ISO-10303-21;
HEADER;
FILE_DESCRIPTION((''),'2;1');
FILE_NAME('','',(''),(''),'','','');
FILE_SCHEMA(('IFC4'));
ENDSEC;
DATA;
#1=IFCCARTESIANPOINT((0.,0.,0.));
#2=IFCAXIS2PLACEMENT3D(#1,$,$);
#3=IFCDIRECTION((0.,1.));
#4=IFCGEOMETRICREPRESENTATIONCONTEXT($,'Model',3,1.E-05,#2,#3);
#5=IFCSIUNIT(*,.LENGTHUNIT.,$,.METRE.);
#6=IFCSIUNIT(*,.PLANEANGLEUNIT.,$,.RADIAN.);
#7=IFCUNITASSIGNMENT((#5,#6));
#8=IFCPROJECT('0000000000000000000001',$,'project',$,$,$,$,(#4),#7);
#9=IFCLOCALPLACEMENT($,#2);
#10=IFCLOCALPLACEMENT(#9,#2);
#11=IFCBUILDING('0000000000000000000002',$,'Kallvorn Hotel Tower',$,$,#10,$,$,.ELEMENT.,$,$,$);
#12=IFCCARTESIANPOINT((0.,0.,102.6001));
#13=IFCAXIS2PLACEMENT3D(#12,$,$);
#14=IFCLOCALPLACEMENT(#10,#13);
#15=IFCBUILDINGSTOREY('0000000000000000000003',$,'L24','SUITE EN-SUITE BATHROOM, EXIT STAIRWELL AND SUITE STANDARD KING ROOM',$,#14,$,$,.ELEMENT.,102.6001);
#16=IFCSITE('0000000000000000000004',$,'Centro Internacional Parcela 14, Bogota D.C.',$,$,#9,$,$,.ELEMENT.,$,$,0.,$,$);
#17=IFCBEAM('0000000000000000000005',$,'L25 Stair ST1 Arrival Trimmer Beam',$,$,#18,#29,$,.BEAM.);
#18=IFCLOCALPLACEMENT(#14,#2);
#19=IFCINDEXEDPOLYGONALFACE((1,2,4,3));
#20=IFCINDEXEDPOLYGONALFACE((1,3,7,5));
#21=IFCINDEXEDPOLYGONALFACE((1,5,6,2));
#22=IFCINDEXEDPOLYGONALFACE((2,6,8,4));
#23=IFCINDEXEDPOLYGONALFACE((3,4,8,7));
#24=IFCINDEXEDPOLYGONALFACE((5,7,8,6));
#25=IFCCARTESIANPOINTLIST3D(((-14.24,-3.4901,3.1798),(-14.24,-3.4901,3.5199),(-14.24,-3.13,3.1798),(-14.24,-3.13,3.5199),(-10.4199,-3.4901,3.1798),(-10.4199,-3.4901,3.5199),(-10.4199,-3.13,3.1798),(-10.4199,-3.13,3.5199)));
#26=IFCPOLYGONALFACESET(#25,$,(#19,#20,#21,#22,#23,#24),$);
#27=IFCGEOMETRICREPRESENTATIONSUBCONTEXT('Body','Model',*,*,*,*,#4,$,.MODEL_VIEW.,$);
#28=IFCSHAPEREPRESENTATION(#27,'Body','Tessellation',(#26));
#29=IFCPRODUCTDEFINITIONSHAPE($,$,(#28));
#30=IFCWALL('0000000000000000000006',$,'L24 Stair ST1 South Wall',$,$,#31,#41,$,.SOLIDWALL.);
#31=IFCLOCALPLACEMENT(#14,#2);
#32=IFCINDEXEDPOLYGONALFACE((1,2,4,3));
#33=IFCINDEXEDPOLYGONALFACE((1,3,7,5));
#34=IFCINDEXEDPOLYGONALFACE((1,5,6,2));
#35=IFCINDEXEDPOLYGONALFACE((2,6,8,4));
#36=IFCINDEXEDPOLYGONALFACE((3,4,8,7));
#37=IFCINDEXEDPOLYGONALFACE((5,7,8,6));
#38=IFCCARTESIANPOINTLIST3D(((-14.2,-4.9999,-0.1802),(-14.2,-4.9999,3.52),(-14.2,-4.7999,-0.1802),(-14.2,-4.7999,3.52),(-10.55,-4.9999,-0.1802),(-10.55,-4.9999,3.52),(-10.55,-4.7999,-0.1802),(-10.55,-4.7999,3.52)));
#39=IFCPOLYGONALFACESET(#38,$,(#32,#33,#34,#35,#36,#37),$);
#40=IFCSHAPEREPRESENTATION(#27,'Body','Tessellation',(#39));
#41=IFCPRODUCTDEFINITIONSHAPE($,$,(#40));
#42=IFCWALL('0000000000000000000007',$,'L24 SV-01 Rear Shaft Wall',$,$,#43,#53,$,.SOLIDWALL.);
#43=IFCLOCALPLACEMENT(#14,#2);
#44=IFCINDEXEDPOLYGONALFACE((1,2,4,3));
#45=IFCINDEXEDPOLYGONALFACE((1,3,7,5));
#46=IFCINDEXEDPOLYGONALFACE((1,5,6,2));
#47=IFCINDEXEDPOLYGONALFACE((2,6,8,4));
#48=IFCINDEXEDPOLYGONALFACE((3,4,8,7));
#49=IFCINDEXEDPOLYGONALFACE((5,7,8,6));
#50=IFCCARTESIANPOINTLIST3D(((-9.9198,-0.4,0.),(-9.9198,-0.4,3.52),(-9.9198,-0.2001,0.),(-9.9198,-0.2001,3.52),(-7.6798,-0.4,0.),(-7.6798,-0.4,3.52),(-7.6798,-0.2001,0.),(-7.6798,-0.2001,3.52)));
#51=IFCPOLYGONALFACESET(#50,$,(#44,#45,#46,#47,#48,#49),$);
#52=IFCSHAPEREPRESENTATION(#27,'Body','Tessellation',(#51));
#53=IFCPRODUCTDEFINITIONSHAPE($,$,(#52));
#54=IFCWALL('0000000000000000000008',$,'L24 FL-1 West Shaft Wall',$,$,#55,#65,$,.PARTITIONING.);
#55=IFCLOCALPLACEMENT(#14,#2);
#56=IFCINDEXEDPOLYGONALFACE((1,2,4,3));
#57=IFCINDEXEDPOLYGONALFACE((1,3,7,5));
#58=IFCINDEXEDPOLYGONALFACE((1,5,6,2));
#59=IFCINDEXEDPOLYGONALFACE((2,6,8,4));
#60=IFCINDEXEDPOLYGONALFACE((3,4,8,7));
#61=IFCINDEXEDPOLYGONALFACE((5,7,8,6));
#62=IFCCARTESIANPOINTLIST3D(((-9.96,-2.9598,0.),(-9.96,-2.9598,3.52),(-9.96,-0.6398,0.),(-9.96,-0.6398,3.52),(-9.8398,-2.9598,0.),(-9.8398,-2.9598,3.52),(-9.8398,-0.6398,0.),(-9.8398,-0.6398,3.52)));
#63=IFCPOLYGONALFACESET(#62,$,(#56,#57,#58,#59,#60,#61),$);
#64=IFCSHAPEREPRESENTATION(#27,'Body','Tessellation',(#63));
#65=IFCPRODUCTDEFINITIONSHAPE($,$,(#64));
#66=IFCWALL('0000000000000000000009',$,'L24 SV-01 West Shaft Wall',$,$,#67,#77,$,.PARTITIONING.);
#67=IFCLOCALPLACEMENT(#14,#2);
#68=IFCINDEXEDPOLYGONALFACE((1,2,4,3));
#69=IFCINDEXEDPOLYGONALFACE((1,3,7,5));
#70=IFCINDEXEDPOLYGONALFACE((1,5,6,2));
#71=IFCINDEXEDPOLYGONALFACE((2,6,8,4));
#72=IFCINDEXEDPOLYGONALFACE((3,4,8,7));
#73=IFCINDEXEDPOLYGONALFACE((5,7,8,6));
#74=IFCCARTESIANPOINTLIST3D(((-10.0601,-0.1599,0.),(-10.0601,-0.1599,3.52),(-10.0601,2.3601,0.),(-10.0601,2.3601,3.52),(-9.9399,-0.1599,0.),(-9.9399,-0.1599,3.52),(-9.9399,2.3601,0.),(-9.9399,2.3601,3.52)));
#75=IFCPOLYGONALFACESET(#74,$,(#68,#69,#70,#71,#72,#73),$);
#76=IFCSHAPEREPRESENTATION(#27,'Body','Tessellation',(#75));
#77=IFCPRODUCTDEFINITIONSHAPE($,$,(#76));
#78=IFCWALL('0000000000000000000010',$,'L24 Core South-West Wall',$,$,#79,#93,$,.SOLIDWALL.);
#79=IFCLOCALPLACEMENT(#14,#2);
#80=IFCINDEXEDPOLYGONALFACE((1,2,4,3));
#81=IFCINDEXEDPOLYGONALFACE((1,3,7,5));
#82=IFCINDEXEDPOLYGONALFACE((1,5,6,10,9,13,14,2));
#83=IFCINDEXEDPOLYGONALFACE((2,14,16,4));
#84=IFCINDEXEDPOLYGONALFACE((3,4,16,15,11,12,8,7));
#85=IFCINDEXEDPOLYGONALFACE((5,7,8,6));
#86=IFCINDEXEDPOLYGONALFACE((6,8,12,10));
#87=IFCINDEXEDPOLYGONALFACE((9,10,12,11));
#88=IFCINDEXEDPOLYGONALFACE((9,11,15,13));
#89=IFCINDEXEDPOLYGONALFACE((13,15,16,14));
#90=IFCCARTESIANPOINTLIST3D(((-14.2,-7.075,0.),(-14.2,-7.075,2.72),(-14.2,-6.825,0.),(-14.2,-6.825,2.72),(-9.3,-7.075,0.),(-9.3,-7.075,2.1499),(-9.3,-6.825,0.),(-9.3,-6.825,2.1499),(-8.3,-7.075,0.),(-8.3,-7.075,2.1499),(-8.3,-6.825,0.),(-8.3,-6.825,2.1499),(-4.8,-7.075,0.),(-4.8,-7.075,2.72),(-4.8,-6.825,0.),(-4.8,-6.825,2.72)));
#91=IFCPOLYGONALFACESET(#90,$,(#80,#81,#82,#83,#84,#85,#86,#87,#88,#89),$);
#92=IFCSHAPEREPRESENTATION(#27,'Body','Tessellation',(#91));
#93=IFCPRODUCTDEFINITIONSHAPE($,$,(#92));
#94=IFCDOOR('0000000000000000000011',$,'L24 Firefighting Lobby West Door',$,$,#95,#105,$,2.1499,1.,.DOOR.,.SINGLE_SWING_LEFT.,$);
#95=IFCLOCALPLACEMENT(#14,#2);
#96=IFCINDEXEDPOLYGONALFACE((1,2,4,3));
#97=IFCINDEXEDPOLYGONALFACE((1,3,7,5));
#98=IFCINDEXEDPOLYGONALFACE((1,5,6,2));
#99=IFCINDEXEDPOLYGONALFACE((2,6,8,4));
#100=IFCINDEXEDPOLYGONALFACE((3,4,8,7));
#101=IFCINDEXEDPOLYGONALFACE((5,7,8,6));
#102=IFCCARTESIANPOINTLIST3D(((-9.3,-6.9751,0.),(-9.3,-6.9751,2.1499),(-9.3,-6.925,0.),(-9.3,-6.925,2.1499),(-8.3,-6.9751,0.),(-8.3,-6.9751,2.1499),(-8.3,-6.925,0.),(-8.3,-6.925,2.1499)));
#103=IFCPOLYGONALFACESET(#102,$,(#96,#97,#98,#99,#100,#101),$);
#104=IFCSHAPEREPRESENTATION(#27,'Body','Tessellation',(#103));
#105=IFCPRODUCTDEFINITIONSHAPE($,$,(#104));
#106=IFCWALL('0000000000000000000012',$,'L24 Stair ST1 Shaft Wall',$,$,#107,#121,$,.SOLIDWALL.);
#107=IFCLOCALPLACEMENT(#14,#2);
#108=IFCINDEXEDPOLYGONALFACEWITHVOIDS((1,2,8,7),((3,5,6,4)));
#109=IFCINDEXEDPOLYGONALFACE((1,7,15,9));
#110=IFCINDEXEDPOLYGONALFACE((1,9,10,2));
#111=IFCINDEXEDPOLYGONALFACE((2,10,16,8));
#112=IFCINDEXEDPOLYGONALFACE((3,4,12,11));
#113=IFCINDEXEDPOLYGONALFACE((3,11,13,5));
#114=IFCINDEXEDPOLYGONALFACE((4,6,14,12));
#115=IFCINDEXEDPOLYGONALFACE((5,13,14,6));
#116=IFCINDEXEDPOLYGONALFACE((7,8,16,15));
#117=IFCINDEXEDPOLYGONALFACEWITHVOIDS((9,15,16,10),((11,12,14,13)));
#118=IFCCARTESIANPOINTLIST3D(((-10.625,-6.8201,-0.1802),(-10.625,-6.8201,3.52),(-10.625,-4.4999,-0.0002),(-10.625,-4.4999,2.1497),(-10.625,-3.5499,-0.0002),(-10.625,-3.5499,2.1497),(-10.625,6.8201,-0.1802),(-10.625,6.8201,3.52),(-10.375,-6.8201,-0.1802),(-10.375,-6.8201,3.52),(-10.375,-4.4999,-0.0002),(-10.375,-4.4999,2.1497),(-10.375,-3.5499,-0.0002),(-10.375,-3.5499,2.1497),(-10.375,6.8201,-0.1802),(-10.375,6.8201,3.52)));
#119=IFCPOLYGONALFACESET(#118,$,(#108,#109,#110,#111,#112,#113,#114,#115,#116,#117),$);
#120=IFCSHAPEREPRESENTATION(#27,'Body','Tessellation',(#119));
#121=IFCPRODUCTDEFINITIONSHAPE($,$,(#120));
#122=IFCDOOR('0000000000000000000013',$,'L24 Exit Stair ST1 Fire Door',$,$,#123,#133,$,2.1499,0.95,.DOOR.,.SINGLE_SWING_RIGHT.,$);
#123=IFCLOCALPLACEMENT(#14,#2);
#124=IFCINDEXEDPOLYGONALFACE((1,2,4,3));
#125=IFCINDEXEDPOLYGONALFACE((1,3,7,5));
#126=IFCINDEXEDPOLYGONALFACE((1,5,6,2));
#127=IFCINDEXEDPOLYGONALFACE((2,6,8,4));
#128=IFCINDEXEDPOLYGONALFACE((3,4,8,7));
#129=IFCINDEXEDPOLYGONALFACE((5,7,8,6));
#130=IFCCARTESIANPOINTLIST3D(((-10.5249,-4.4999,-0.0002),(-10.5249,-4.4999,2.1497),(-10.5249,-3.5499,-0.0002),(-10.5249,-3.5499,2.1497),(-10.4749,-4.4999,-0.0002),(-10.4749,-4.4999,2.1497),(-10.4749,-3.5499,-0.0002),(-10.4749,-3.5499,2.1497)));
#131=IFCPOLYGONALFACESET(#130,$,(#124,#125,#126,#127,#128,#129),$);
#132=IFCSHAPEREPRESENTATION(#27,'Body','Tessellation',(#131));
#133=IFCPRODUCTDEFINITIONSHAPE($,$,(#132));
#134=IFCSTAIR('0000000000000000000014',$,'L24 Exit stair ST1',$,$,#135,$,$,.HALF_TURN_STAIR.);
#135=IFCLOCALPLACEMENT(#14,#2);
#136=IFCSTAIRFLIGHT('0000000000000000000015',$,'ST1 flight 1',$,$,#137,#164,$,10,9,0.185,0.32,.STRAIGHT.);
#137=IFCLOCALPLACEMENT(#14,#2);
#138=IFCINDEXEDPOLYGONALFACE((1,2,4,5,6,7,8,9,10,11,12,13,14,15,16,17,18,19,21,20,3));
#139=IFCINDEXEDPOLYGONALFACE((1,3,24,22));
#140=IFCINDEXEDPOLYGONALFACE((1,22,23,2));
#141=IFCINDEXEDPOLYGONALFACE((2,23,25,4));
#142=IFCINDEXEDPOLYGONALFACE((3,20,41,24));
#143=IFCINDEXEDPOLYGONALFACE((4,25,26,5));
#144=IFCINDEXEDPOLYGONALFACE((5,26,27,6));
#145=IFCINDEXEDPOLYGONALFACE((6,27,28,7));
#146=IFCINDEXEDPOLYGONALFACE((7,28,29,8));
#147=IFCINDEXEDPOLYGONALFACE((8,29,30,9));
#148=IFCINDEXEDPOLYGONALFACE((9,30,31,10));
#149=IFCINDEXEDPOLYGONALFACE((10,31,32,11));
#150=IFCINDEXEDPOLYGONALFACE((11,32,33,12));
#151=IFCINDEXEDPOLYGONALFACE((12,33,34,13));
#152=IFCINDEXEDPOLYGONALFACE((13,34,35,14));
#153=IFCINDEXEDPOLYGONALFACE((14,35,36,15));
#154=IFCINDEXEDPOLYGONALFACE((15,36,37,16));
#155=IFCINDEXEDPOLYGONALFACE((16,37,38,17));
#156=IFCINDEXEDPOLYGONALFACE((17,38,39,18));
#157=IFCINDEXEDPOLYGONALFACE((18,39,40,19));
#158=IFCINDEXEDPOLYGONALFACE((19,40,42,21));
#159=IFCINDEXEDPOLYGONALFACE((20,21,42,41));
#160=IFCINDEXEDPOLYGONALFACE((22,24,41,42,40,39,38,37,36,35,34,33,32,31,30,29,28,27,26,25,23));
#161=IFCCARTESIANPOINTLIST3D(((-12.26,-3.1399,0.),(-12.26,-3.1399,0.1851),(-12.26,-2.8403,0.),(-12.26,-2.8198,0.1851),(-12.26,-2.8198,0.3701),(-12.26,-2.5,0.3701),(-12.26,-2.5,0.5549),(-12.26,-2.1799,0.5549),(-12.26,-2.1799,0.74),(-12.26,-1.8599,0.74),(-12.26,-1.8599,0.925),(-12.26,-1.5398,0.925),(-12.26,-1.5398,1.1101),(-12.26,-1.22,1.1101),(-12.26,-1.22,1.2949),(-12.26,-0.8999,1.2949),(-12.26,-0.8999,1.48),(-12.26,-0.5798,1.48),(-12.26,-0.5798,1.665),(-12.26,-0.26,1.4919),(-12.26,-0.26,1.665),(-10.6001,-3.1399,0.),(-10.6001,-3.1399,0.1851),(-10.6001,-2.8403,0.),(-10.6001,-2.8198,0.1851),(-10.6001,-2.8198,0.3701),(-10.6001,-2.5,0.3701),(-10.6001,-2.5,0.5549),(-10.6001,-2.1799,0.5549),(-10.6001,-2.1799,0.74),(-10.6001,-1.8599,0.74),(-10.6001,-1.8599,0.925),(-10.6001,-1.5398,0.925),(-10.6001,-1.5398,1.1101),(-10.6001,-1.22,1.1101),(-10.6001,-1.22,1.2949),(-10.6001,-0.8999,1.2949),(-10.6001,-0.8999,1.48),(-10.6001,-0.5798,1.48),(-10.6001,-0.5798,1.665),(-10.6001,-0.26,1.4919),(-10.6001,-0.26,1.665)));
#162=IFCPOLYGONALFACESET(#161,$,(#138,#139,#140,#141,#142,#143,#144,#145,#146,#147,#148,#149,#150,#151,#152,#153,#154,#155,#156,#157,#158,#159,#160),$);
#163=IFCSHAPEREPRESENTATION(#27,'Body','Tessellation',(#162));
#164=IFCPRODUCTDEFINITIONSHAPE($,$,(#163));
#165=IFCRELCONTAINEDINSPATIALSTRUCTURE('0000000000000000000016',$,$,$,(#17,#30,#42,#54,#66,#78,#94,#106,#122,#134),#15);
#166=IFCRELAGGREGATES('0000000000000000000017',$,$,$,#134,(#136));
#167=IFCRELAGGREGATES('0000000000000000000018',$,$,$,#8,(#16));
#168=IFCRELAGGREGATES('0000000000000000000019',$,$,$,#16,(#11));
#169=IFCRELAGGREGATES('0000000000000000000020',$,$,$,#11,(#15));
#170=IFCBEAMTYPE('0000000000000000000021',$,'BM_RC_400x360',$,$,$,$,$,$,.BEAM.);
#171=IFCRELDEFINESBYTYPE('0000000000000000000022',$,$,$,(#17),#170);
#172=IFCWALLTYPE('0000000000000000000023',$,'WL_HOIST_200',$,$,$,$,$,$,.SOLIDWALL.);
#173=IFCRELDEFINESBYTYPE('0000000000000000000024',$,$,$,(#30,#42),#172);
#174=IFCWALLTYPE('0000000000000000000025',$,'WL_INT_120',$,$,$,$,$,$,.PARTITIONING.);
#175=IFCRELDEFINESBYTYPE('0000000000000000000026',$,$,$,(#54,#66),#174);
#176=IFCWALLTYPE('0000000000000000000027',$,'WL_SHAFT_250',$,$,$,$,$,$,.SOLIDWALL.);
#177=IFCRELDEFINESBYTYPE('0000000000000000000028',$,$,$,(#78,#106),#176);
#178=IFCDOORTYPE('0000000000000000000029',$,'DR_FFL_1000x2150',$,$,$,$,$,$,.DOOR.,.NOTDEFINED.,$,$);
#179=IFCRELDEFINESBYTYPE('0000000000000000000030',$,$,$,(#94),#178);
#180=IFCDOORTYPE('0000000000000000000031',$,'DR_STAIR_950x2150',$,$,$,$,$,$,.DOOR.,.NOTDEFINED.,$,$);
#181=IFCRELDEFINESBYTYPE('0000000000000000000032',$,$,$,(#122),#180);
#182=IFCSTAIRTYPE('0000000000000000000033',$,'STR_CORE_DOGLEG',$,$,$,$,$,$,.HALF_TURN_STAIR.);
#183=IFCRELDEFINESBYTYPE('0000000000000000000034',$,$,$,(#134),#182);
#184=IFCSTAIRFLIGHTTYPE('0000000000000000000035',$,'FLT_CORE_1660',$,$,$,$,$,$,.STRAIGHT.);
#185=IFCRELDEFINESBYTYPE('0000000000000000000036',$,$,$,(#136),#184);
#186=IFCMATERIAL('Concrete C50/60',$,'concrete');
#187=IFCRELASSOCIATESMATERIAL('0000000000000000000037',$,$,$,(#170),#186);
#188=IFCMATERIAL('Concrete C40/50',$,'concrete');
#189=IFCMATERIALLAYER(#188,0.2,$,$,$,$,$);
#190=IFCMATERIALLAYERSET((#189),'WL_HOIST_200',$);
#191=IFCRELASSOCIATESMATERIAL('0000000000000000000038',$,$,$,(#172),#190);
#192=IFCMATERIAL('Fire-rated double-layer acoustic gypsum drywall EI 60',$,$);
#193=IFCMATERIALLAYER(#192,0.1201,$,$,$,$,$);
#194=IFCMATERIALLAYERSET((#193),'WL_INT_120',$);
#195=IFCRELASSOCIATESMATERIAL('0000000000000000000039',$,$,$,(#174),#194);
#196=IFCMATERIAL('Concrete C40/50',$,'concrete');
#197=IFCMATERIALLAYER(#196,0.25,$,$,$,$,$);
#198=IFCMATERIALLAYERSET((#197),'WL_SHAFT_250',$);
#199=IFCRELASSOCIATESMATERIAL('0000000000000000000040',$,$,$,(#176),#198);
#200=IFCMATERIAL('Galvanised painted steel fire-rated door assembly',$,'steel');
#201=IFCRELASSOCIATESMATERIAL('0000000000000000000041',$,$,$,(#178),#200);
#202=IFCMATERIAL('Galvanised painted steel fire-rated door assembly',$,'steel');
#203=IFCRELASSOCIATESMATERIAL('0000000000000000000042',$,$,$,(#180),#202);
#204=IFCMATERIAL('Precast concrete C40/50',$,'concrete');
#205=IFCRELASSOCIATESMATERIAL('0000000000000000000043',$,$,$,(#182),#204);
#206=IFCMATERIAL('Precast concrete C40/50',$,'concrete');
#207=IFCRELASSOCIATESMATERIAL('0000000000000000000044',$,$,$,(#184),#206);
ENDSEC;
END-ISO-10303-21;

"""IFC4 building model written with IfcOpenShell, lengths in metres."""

from ifc_helpers import new_model, si_unit, direction, frame, frame_2d, origin, origin_2d, place, context, subcontext, project, spatial, polyline, rectangle, outline, extrude, material, layer, layer_set, material_profile, profile_set, type_object, element, fill, aggregate, save


model = new_model("IFC4")

# Units and contexts
model_context = context("Model", 3, precision=1e-05, world=origin(), true_north=direction((0.0, 1.0)))
body_context = subcontext(model_context, "Body", "Model", "MODEL_VIEW")
ifc_project = project(units=[si_unit("LENGTHUNIT", "METRE"), si_unit("PLANEANGLEUNIT", "RADIAN")], contexts=[model_context])

# Site, building, storey
site_placement = place(None, origin())
site = spatial("IfcSite", under=ifc_project, at=site_placement, Name="Centro Internacional Parcela 14, Bogota D.C.", CompositionType="ELEMENT", RefElevation=0.0)
building_placement = place(site_placement, origin())
building = spatial("IfcBuilding", under=site, at=building_placement, Name="Kallvorn Hotel Tower", CompositionType="ELEMENT")
storey_placement = place(building_placement, frame((0.0, 0.0, 102.6001)))
storey = spatial("IfcBuildingStorey", under=building, at=storey_placement, Name="L24", Description="SUITE EN-SUITE BATHROOM, EXIT STAIRWELL AND SUITE STANDARD KING ROOM", CompositionType="ELEMENT", Elevation=102.6001)

# Beam
ifc_material_1 = material(Name="Concrete C50/60", Category="concrete")
ifc_material_profile = material_profile(ifc_material_1, rectangle(XDim=0.3601, YDim=0.3401, at=origin_2d()), Name="RC 360x340")
ifc_profile_set = profile_set([ifc_material_profile], Name="Concrete C50/60")
beam_type = type_object("IfcBeamType", Name="BM_RC_400x360", PredefinedType="BEAM", material=ifc_profile_set)
beam_placement = place(storey_placement, frame((-10.4199, -3.3101, 3.3499), z_axis=(-1.0, 0.0, 0.0), x_axis=(0.0, -1.0, 0.0)))
element("IfcBeam", 1, at=beam_placement, inside=storey, type_object=beam_type, Name="L25 Stair ST1 Arrival Trimmer Beam", PredefinedType="BEAM", context=body_context, shape_type="SweptSolid", body=[
    extrude(rectangle(XDim=0.3601, YDim=0.3401, at=origin_2d()), origin(), (0.0, 0.0, 1.0), 3.8201),
])

# Walls
ifc_material_2 = material(Name="Concrete C40/50", Category="concrete")
ifc_layer_1 = layer(ifc_material_2, 0.2)
ifc_layer_set_1 = layer_set([ifc_layer_1], Name="WL_HOIST_200")
wall_type_1 = type_object("IfcWallType", Name="WL_HOIST_200", PredefinedType="SOLIDWALL", material=ifc_layer_set_1)
wall_1_placement = place(storey_placement, frame((-14.2, -4.8999, -0.1802), z_axis=(0.0, 0.0, 1.0), x_axis=(1.0, 0.0, 0.0)))
element("IfcWall", 2, at=wall_1_placement, inside=storey, type_object=wall_type_1, Name="L24 Stair ST1 South Wall", PredefinedType="SOLIDWALL", context=body_context, shape_type="SweptSolid", body=[
    extrude(rectangle(XDim=3.6499, YDim=0.2, at=frame_2d((1.825, 0.0))), origin(), (0.0, 0.0, 1.0), 3.7002),
])
wall_2_placement = place(storey_placement, frame((-9.9199, -0.3, 0.0), z_axis=(0.0, 0.0, 1.0), x_axis=(1.0, 0.0, 0.0)))
element("IfcWall", 3, at=wall_2_placement, inside=storey, type_object=wall_type_1, Name="L24 SV-01 Rear Shaft Wall", PredefinedType="SOLIDWALL", context=body_context, shape_type="SweptSolid", body=[
    extrude(rectangle(XDim=2.24, YDim=0.2, at=frame_2d((1.1201, 0.0))), origin(), (0.0, 0.0, 1.0), 3.52),
])
ifc_material_3 = material(Name="Fire-rated double-layer acoustic gypsum drywall EI 60")
ifc_layer_2 = layer(ifc_material_3, 0.1201)
ifc_layer_set_2 = layer_set([ifc_layer_2], Name="WL_INT_120")
wall_type_2 = type_object("IfcWallType", Name="WL_INT_120", PredefinedType="PARTITIONING", material=ifc_layer_set_2)
wall_3_placement = place(storey_placement, frame((-9.8999, -2.96, 0.0), z_axis=(0.0, 0.0, 1.0), x_axis=(0.0, 1.0, 0.0)))
element("IfcWall", 4, at=wall_3_placement, inside=storey, type_object=wall_type_2, Name="L24 FL-1 West Shaft Wall", PredefinedType="PARTITIONING", context=body_context, shape_type="SweptSolid", body=[
    extrude(rectangle(XDim=2.3201, YDim=0.1201, at=frame_2d((1.1602, 0.0))), origin(), (0.0, 0.0, 1.0), 3.52),
])
wall_4_placement = place(storey_placement, frame((-10.0, -0.1599, 0.0), z_axis=(0.0, 0.0, 1.0), x_axis=(0.0, 1.0, 0.0)))
element("IfcWall", 5, at=wall_4_placement, inside=storey, type_object=wall_type_2, Name="L24 SV-01 West Shaft Wall", PredefinedType="PARTITIONING", context=body_context, shape_type="SweptSolid", body=[
    extrude(rectangle(XDim=2.52, YDim=0.1201, at=frame_2d((1.26, 0.0))), origin(), (0.0, 0.0, 1.0), 3.52),
])

# Walls, openings, doors
ifc_material_4 = material(Name="Concrete C40/50", Category="concrete")
ifc_layer_3 = layer(ifc_material_4, 0.25)
ifc_layer_set_3 = layer_set([ifc_layer_3], Name="WL_SHAFT_250")
wall_type_3 = type_object("IfcWallType", Name="WL_SHAFT_250", PredefinedType="SOLIDWALL", material=ifc_layer_set_3)
wall_5_placement = place(storey_placement, frame((-14.2, -6.95, 0.0), z_axis=(0.0, 0.0, 1.0), x_axis=(1.0, 0.0, 0.0)))
wall_5 = element("IfcWall", 6, at=wall_5_placement, inside=storey, type_object=wall_type_3, Name="L24 Core South-West Wall", PredefinedType="SOLIDWALL", context=body_context, shape_type="SweptSolid", body=[
    extrude(rectangle(XDim=9.3999, YDim=0.25, at=frame_2d((4.7, 0.0))), origin(), (0.0, 0.0, 1.0), 2.72),
])
opening_1_placement = place(wall_5_placement, frame((4.8999, 0.0, 0.0)))
opening_1 = element("IfcOpeningElement", 7, at=opening_1_placement, cuts=wall_5, PredefinedType="OPENING", context=body_context, shape_type="SweptSolid", body=[
    extrude(rectangle(XDim=1.0, YDim=2.1499, at=frame_2d((0.5, 1.075))), frame((0.0, 0.1399, 0.0), z_axis=(0.0, -1.0, 0.0), x_axis=(1.0, 0.0, 0.0)), (0.0, 0.0, 1.0), 0.28),
])
ifc_material_5 = material(Name="Galvanised painted steel fire-rated door assembly", Category="steel")
door_type_1 = type_object("IfcDoorType", Name="DR_FFL_1000x2150", OperationType="NOTDEFINED", PredefinedType="DOOR", material=ifc_material_5)
door_1_placement = place(opening_1_placement, origin())
door_1 = element("IfcDoor", 8, at=door_1_placement, inside=storey, type_object=door_type_1, Name="L24 Firefighting Lobby West Door", OperationType="SINGLE_SWING_LEFT", OverallHeight=2.1499, OverallWidth=1.0, PredefinedType="DOOR", context=body_context, shape_type="SweptSolid", body=[
    extrude(rectangle(XDim=1.0, YDim=2.1499, at=frame_2d((0.5, 1.075))), frame((0.0, 0.0249, 0.0), z_axis=(0.0, -1.0, 0.0), x_axis=(1.0, 0.0, 0.0)), (0.0, 0.0, 1.0), 0.05),
])
fill(opening_1, door_1)
wall_6_placement = place(storey_placement, frame((-10.5, -6.8201, -0.1802), z_axis=(0.0, 0.0, 1.0), x_axis=(0.0, 1.0, 0.0)))
wall_6 = element("IfcWall", 9, at=wall_6_placement, inside=storey, type_object=wall_type_3, Name="L24 Stair ST1 Shaft Wall", PredefinedType="SOLIDWALL", context=body_context, shape_type="SweptSolid", body=[
    extrude(rectangle(XDim=13.6401, YDim=0.25, at=frame_2d((6.8201, 0.0))), origin(), (0.0, 0.0, 1.0), 3.7002),
])
opening_2_placement = place(wall_6_placement, frame((2.3201, 0.0, 0.1799)))
opening_2 = element("IfcOpeningElement", 10, at=opening_2_placement, cuts=wall_6, PredefinedType="OPENING", context=body_context, shape_type="SweptSolid", body=[
    extrude(rectangle(XDim=0.95, YDim=2.1499, at=frame_2d((0.4751, 1.075))), frame((0.0, 0.1399, 0.0), z_axis=(0.0, -1.0, 0.0), x_axis=(1.0, 0.0, 0.0)), (0.0, 0.0, 1.0), 0.28),
])
ifc_material_6 = material(Name="Galvanised painted steel fire-rated door assembly", Category="steel")
door_type_2 = type_object("IfcDoorType", Name="DR_STAIR_950x2150", OperationType="NOTDEFINED", PredefinedType="DOOR", material=ifc_material_6)
door_2_placement = place(opening_2_placement, origin())
door_2 = element("IfcDoor", 11, at=door_2_placement, inside=storey, type_object=door_type_2, Name="L24 Exit Stair ST1 Fire Door", OperationType="SINGLE_SWING_RIGHT", OverallHeight=2.1499, OverallWidth=0.95, PredefinedType="DOOR", context=body_context, shape_type="SweptSolid", body=[
    extrude(rectangle(XDim=0.95, YDim=2.1499, at=frame_2d((0.4751, 1.075))), frame((0.0, 0.0249, 0.0), z_axis=(0.0, -1.0, 0.0), x_axis=(1.0, 0.0, 0.0)), (0.0, 0.0, 1.0), 0.05),
])
fill(opening_2, door_2)

# Stair, stair flight
ifc_material_7 = material(Name="Precast concrete C40/50", Category="concrete")
stair_type = type_object("IfcStairType", Name="STR_CORE_DOGLEG", PredefinedType="HALF_TURN_STAIR", material=ifc_material_7)
stair_placement = place(storey_placement, origin())
stair = element("IfcStair", 12, at=stair_placement, inside=storey, type_object=stair_type, Name="L24 Exit stair ST1", PredefinedType="HALF_TURN_STAIR")
ifc_material_8 = material(Name="Precast concrete C40/50", Category="concrete")
stair_flight_type = type_object("IfcStairFlightType", Name="FLT_CORE_1660", PredefinedType="STRAIGHT", material=ifc_material_8)
stair_flight_1_placement = place(storey_placement, frame((-11.4299, -3.1399, 0.0), z_axis=(0.0, 0.0, 1.0), x_axis=(0.0, 1.0, 0.0)))
stair_flight_1 = element("IfcStairFlight", 13, at=stair_flight_1_placement, type_object=stair_flight_type, Name="ST1 flight 1", NumberOfRisers=10, NumberOfTreads=9, PredefinedType="STRAIGHT", RiserHeight=0.185, TreadLength=0.32, context=body_context, shape_type="SweptSolid", body=[
    extrude(outline(polyline([(0.0, 0.0), (0.0, 0.1851), (0.3201, 0.1851), (0.3201, 0.3701), (0.6399, 0.3701), (0.6399, 0.5549), (0.96, 0.5549), (0.96, 0.74), (1.28, 0.74), (1.28, 0.925), (1.6001, 0.925), (1.6001, 1.1101), (1.9199, 1.1101), (1.9199, 1.2949), (2.24, 1.2949), (2.24, 1.48), (2.5601, 1.48), (2.5601, 1.665), (2.8799, 1.665), (2.8799, 1.8501), (2.8799, 1.4919), (0.2996, 0.0), (0.0, 0.0)])), frame((0.0, 0.8301, 0.0), z_axis=(0.0, -1.0, 0.0), x_axis=(1.0, 0.0, 0.0)), (0.0, 0.0, 1.0), 1.6599),
])
aggregate(stair, [stair_flight_1])

save(model, "model.ifc")
